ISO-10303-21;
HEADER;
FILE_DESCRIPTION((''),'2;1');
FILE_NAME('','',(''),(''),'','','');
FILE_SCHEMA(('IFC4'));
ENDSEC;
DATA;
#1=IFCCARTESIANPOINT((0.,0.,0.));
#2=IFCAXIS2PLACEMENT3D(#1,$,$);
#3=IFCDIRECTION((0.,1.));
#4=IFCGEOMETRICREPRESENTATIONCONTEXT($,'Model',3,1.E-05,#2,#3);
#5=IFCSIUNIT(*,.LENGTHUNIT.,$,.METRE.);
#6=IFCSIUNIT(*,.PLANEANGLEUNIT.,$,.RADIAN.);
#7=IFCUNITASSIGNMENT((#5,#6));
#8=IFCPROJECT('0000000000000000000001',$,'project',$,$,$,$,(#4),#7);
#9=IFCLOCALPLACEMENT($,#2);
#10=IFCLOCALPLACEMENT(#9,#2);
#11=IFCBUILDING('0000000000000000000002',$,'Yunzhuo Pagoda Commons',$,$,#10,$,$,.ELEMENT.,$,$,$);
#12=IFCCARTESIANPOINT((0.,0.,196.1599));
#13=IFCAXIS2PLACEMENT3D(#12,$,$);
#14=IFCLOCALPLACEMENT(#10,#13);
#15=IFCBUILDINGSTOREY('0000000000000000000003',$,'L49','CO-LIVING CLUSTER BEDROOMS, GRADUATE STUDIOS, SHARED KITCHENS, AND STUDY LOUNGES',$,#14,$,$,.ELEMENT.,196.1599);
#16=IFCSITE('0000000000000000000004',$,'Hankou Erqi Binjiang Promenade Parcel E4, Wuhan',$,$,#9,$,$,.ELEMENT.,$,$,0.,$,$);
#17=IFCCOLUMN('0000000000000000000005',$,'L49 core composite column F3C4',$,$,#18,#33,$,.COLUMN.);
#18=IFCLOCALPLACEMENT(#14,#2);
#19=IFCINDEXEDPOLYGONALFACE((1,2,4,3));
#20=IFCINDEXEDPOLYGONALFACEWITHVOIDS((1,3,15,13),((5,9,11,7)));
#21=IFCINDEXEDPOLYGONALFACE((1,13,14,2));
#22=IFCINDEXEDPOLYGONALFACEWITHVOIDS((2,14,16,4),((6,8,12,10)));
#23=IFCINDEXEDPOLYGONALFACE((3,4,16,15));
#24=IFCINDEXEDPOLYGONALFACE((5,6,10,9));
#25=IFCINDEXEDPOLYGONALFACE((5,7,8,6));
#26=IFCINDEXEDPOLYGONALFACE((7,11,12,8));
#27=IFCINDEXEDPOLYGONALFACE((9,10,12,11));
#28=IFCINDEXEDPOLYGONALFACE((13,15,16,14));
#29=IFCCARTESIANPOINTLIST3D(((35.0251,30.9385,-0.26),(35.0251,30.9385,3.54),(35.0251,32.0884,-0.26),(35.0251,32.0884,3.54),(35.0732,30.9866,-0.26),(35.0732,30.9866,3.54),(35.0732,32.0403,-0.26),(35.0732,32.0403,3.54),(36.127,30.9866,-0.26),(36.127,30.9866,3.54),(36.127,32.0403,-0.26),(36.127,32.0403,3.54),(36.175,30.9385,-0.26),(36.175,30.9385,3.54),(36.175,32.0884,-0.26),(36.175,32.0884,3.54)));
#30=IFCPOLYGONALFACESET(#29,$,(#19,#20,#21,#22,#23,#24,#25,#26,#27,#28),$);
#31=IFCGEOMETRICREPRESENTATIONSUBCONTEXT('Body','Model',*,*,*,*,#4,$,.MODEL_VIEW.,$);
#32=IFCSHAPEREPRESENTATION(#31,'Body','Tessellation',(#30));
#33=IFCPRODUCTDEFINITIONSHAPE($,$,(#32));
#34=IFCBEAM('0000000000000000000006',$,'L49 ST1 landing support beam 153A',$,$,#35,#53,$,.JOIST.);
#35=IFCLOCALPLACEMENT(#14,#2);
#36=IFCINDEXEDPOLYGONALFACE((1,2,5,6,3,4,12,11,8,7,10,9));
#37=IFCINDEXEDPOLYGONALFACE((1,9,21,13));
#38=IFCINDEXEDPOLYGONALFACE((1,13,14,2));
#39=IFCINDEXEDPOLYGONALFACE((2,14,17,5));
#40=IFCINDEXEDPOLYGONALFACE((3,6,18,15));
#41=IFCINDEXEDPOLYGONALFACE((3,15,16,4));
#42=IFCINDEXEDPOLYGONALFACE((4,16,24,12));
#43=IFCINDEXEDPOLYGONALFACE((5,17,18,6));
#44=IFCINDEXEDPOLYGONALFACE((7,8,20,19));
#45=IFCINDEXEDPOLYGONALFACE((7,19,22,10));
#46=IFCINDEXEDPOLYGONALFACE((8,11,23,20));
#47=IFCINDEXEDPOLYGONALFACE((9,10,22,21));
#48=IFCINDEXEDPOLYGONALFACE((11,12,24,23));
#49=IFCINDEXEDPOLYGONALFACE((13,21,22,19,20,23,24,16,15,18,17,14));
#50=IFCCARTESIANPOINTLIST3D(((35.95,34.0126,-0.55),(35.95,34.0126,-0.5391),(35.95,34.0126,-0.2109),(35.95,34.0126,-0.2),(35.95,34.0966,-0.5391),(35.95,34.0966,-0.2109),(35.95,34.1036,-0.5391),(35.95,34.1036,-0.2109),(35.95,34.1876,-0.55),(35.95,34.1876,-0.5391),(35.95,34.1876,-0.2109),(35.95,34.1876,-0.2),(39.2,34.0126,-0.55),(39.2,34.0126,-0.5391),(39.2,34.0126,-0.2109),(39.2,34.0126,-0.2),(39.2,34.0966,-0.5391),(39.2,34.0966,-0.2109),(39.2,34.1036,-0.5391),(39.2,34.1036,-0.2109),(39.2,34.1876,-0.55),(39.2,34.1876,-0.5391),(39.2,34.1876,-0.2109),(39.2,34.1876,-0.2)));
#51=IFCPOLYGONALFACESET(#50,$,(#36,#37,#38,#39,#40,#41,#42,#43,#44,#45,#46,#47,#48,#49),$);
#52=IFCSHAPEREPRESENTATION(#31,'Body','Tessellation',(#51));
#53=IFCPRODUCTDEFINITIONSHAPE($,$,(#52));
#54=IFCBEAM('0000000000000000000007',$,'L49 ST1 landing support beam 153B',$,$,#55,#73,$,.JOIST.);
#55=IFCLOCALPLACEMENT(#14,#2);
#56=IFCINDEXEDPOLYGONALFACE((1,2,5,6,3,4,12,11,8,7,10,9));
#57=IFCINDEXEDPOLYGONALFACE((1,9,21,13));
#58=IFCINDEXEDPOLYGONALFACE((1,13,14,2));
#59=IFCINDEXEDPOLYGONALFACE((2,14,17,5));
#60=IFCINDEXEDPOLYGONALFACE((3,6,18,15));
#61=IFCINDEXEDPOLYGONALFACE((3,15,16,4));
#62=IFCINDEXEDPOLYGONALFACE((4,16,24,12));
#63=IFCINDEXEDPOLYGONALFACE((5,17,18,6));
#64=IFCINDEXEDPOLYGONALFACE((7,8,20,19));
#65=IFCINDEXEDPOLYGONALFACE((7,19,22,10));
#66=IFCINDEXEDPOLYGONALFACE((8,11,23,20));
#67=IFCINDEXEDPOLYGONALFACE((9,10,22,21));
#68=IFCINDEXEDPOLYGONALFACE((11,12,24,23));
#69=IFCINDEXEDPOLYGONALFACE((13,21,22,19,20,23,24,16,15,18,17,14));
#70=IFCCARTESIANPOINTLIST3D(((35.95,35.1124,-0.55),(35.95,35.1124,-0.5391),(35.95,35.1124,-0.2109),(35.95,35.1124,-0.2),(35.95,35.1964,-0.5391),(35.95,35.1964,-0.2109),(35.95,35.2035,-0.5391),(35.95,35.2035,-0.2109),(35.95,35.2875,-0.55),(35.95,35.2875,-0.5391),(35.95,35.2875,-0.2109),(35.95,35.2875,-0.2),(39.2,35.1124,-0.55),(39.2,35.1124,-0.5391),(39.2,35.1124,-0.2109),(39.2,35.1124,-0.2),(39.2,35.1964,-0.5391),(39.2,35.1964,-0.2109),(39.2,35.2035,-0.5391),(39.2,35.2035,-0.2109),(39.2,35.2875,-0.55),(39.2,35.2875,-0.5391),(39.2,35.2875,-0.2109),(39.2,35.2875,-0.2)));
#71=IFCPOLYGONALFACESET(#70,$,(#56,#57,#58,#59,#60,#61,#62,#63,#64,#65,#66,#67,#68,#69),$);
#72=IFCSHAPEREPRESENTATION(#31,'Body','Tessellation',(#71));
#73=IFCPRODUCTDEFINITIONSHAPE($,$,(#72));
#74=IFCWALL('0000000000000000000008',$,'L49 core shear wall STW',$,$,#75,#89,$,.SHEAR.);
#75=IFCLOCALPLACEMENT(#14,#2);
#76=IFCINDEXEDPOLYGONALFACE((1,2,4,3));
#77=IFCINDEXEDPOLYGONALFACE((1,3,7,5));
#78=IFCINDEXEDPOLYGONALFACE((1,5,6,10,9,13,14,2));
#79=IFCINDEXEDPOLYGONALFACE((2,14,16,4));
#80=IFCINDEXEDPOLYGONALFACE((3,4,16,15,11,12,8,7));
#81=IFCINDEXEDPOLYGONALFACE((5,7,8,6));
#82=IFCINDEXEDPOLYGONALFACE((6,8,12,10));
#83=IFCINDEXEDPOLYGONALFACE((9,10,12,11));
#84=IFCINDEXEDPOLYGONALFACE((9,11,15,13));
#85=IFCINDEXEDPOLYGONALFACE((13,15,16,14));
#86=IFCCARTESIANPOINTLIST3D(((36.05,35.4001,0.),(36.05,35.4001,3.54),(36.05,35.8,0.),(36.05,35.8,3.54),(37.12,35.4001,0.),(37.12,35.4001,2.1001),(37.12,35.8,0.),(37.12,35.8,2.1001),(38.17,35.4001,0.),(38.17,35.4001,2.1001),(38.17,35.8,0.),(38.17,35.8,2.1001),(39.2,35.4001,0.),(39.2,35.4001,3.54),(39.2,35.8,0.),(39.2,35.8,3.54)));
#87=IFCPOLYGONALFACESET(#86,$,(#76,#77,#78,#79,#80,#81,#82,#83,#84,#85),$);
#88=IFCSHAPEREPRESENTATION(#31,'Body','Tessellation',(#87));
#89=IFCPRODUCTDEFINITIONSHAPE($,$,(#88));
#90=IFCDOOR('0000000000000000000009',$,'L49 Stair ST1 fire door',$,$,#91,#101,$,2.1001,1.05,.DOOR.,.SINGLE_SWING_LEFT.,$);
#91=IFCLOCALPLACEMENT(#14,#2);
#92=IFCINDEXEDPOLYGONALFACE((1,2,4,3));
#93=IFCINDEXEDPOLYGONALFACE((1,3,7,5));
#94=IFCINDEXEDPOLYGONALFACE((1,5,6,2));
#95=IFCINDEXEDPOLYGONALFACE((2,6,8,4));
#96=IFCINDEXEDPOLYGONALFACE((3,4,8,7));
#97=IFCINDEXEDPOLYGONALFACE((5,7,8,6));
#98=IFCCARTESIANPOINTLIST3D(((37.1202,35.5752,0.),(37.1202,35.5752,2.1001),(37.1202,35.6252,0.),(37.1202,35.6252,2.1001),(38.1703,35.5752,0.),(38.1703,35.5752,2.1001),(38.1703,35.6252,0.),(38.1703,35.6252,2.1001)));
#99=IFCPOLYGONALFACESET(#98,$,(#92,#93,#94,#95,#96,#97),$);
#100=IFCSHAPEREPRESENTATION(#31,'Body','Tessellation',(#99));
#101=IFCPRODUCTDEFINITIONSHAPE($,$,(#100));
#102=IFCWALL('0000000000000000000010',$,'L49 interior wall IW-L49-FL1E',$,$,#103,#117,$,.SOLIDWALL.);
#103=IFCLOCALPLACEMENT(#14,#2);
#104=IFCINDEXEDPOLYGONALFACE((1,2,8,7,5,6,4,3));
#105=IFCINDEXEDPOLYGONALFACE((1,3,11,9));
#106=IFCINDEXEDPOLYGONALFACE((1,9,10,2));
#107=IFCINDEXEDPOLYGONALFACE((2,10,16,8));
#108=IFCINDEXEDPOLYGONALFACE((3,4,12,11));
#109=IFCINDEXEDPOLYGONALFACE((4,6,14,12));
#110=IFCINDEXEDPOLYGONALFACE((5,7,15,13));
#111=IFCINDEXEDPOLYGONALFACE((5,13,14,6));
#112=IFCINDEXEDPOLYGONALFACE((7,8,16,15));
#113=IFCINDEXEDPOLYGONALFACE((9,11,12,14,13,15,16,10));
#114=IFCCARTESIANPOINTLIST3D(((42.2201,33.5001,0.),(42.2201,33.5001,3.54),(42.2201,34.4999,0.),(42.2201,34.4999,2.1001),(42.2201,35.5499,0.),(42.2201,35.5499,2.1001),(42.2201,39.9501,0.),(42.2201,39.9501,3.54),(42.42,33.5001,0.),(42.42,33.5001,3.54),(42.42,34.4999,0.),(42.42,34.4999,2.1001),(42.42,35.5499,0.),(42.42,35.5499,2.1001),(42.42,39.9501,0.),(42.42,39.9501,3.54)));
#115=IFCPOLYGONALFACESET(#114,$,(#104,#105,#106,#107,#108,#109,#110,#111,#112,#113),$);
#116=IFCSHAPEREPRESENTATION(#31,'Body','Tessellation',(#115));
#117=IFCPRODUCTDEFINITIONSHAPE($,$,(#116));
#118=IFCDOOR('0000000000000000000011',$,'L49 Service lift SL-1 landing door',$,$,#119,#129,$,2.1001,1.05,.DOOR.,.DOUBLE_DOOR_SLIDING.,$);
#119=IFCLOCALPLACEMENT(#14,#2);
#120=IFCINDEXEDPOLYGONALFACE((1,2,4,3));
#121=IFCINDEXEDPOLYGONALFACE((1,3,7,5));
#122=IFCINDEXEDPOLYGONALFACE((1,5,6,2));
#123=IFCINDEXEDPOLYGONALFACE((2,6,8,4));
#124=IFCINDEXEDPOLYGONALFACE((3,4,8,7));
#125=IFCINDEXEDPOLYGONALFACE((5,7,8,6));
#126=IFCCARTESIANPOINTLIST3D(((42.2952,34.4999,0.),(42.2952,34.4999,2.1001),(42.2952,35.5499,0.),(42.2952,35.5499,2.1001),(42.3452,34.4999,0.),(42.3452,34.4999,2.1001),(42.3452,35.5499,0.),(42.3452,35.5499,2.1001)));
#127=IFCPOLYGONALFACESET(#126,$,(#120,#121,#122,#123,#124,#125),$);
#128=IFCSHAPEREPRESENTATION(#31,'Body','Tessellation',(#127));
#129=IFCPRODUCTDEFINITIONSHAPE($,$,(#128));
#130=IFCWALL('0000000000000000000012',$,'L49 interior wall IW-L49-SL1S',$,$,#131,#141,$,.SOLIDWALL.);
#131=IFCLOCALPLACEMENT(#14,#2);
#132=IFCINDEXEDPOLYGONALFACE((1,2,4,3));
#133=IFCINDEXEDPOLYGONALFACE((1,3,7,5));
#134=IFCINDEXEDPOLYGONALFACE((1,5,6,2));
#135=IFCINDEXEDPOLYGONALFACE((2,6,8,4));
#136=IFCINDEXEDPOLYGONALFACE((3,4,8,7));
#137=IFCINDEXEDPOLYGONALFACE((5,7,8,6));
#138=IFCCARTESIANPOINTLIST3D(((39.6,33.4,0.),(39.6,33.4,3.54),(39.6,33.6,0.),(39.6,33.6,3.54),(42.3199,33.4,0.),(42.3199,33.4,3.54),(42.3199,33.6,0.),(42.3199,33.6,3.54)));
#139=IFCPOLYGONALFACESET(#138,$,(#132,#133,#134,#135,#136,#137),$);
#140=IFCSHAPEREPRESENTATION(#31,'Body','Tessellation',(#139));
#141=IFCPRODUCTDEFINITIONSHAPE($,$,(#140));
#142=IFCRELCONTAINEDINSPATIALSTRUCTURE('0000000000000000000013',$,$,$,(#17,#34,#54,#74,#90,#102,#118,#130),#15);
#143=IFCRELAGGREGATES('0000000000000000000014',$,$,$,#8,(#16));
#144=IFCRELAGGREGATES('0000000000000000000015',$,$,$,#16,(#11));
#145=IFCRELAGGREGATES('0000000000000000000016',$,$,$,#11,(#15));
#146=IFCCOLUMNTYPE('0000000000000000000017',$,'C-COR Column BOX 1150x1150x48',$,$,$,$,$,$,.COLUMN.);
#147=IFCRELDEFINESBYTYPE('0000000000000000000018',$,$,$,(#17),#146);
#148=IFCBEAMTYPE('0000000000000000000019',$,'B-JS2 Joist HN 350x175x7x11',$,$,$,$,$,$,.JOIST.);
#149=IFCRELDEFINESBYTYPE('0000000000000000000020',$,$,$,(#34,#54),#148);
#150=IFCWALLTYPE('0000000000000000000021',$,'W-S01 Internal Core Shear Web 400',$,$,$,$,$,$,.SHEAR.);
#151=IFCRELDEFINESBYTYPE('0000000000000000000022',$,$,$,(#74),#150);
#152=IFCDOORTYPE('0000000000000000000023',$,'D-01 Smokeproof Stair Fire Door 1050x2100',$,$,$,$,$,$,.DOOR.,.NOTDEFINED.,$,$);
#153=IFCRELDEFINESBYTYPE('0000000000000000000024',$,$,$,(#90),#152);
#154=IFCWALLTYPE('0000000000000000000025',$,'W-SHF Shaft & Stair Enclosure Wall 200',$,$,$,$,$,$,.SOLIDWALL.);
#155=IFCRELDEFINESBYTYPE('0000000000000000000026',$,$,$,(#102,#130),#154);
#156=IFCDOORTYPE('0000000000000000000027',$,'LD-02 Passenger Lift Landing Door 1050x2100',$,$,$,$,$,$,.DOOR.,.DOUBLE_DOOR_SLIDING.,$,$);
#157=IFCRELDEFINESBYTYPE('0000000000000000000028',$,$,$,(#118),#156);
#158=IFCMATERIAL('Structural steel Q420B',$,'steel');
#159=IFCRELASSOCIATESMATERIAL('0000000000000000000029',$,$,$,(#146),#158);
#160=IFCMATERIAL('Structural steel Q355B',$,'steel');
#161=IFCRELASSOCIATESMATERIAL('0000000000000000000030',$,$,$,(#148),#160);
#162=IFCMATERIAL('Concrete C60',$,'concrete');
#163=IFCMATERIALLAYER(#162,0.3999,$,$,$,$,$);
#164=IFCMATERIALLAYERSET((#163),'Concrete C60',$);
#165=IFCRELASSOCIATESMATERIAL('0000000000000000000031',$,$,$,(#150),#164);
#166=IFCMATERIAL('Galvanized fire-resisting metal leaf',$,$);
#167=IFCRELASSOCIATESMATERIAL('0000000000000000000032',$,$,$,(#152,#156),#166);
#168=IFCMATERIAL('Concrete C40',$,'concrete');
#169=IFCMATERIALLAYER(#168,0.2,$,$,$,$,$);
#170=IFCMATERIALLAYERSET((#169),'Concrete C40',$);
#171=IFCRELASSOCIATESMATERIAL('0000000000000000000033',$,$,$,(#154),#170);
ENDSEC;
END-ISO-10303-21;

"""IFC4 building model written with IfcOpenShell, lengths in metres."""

from ifc_helpers import new_model, si_unit, direction, frame, frame_2d, origin, origin_with_axes, origin_2d, place, context, subcontext, project, spatial, rectangle, hollow_rectangle, i_section, extrude, source, transform, mapped, material, layer, layer_set, material_profile, profile_set, type_object, element, fill, save


model = new_model("IFC4")

# Units and contexts
model_context = context("Model", 3, precision=1e-05, world=origin(), true_north=direction((0.0, 1.0)))
body_context = subcontext(model_context, "Body", "Model", "MODEL_VIEW")
ifc_project = project(units=[si_unit("LENGTHUNIT", "METRE"), si_unit("PLANEANGLEUNIT", "RADIAN")], contexts=[model_context])

# Site, building, storey
site_placement = place(None, origin())
site = spatial("IfcSite", under=ifc_project, at=site_placement, Name="Hankou Erqi Binjiang Promenade Parcel E4, Wuhan", CompositionType="ELEMENT", RefElevation=0.0)
building_placement = place(site_placement, origin())
building = spatial("IfcBuilding", under=site, at=building_placement, Name="Yunzhuo Pagoda Commons", CompositionType="ELEMENT")
storey_placement = place(building_placement, frame((0.0, 0.0, 196.1599)))
storey = spatial("IfcBuildingStorey", under=building, at=storey_placement, Name="L49", Description="CO-LIVING CLUSTER BEDROOMS, GRADUATE STUDIOS, SHARED KITCHENS, AND STUDY LOUNGES", CompositionType="ELEMENT", Elevation=196.1599)

# Column
ifc_material_1 = material(Name="Structural steel Q420B", Category="steel")
ifc_material_profile_1 = material_profile(ifc_material_1, hollow_rectangle(XDim=1.1499, YDim=1.1499, WallThickness=0.0481, at=origin_2d()), Name="Structural steel Q420B")
ifc_profile_set_1 = profile_set([ifc_material_profile_1], Name="Structural steel Q420B")
column_type = type_object("IfcColumnType", Name="C-COR Column BOX 1150x1150x48", PredefinedType="COLUMN", material=ifc_profile_set_1)
shared_shape_1 = source(origin(), body_context, "Body", "SweptSolid", [
    extrude(hollow_rectangle(XDim=1.1499, YDim=1.1499, WallThickness=0.0481, at=origin_2d()), origin(), (0.0, 0.0, 1.0), 3.8),
])
column_placement = place(storey_placement, frame((35.6001, 31.5134, -0.26), z_axis=(0.0, 0.0, 1.0), x_axis=(1.0, 0.0, 0.0)))
element("IfcColumn", 1, at=column_placement, inside=storey, type_object=column_type, Name="L49 core composite column F3C4", PredefinedType="COLUMN", context=body_context, shape_type="MappedRepresentation", body=[
    mapped(shared_shape_1, transform((0.0, 0.0, 0.0), scale=1.0)),
])

# Beams
ifc_material_2 = material(Name="Structural steel Q355B", Category="steel")
ifc_material_profile_2 = material_profile(ifc_material_2, i_section(OverallWidth=0.175, OverallDepth=0.3501, WebThickness=0.0071, FlangeThickness=0.011, at=origin_2d()), Name="Structural steel Q355B")
ifc_profile_set_2 = profile_set([ifc_material_profile_2], Name="Structural steel Q355B")
beam_type = type_object("IfcBeamType", Name="B-JS2 Joist HN 350x175x7x11", PredefinedType="JOIST", material=ifc_profile_set_2)
shared_shape_2 = source(origin(), body_context, "Body", "SweptSolid", [
    extrude(i_section(OverallWidth=0.175, OverallDepth=0.3501, WebThickness=0.0071, FlangeThickness=0.011, at=origin_2d()), origin(), (0.0, 0.0, 1.0), 3.25),
])
for number, where, z_axis, x_axis, name in (
    (2, (35.95, 34.1001, -0.375), (1.0, 0.0, 0.0), (0.0, 1.0, 0.0), "L49 ST1 landing support beam 153A"),
    (3, (35.95, 35.2, -0.375), (1.0, 0.0, 0.0), (0.0, 1.0, 0.0), "L49 ST1 landing support beam 153B"),
):
    element("IfcBeam", number, at=place(storey_placement, frame(where, z_axis=z_axis, x_axis=x_axis)), inside=storey, type_object=beam_type, Name=name, PredefinedType="JOIST", context=body_context, shape_type="MappedRepresentation", body=[
        mapped(shared_shape_2, transform((0.0, 0.0, 0.0), scale=1.0)),
    ])

# Walls, openings, doors
ifc_material_3 = material(Name="Concrete C60", Category="concrete")
ifc_layer_1 = layer(ifc_material_3, 0.3999)
ifc_layer_set_1 = layer_set([ifc_layer_1], Name="Concrete C60")
wall_type_1 = type_object("IfcWallType", Name="W-S01 Internal Core Shear Web 400", PredefinedType="SHEAR", material=ifc_layer_set_1)
wall_1_placement = place(storey_placement, frame((36.05, 35.6001, 0.0), z_axis=(0.0, 0.0, 1.0), x_axis=(1.0, 0.0, 0.0)))
wall_1 = element("IfcWall", 4, at=wall_1_placement, inside=storey, type_object=wall_type_1, Name="L49 core shear wall STW", PredefinedType="SHEAR", context=body_context, shape_type="SweptSolid", body=[
    extrude(rectangle(XDim=3.1499, YDim=0.3999, at=frame_2d((1.575, 0.0))), origin(), (0.0, 0.0, 1.0), 3.54),
])
opening_1_placement = place(wall_1_placement, frame((1.0701, 0.0, 0.0)))
opening_1 = element("IfcOpeningElement", 5, at=opening_1_placement, cuts=wall_1, PredefinedType="OPENING", context=body_context, shape_type="SweptSolid", body=[
    extrude(rectangle(XDim=1.05, YDim=2.1001, at=frame_2d((0.5249, 1.05))), frame((0.0, 0.21, 0.0), z_axis=(0.0, -1.0, 0.0), x_axis=(1.0, 0.0, 0.0)), (0.0, 0.0, 1.0), 0.4199),
])
ifc_material_4 = material(Name="Galvanized fire-resisting metal leaf")
door_type_1 = type_object("IfcDoorType", Name="D-01 Smokeproof Stair Fire Door 1050x2100", OperationType="NOTDEFINED", PredefinedType="DOOR", material=ifc_material_4)
shared_shape_3 = source(origin(), body_context, "Body", "SweptSolid", [
    extrude(rectangle(XDim=1.05, YDim=2.1001, at=frame_2d((0.5249, 1.05))), frame((0.0, 0.0249, 0.0), z_axis=(0.0, -1.0, 0.0), x_axis=(1.0, 0.0, 0.0)), (0.0, 0.0, 1.0), 0.05),
])
door_1_placement = place(opening_1_placement, frame((1.05, 0.0, 0.0), z_axis=(0.0, 0.0, 1.0), x_axis=(-1.0, 0.0, 0.0)))
door_1 = element("IfcDoor", 6, at=door_1_placement, inside=storey, type_object=door_type_1, Name="L49 Stair ST1 fire door", OperationType="SINGLE_SWING_LEFT", OverallHeight=2.1001, OverallWidth=1.05, PredefinedType="DOOR", context=body_context, shape_type="MappedRepresentation", body=[
    mapped(shared_shape_3, transform((0.0, 0.0, 0.0), scale=1.0)),
])
fill(opening_1, door_1)
ifc_material_5 = material(Name="Concrete C40", Category="concrete")
ifc_layer_2 = layer(ifc_material_5, 0.2)
ifc_layer_set_2 = layer_set([ifc_layer_2], Name="Concrete C40")
wall_type_2 = type_object("IfcWallType", Name="W-SHF Shaft & Stair Enclosure Wall 200", PredefinedType="SOLIDWALL", material=ifc_layer_set_2)
wall_2_placement = place(storey_placement, frame((42.3201, 33.5, 0.0), z_axis=(0.0, 0.0, 1.0), x_axis=(0.0, 1.0, 0.0)))
wall_2 = element("IfcWall", 7, at=wall_2_placement, inside=storey, type_object=wall_type_2, Name="L49 interior wall IW-L49-FL1E", PredefinedType="SOLIDWALL", context=body_context, shape_type="SweptSolid", body=[
    extrude(rectangle(XDim=6.45, YDim=0.2, at=frame_2d((3.2251, 0.0))), origin(), (0.0, 0.0, 1.0), 3.54),
])
opening_2_placement = place(wall_2_placement, frame((1.0, 0.0, 0.0)))
opening_2 = element("IfcOpeningElement", 8, at=opening_2_placement, cuts=wall_2, PredefinedType="OPENING", context=body_context, shape_type="SweptSolid", body=[
    extrude(rectangle(XDim=1.05, YDim=2.1001, at=frame_2d((0.5249, 1.05))), frame((0.0, 0.1099, 0.0), z_axis=(0.0, -1.0, 0.0), x_axis=(1.0, 0.0, 0.0)), (0.0, 0.0, 1.0), 0.22),
])
door_type_2 = type_object("IfcDoorType", Name="LD-02 Passenger Lift Landing Door 1050x2100", OperationType="DOUBLE_DOOR_SLIDING", PredefinedType="DOOR", material=ifc_material_4)
door_2_placement = place(opening_2_placement, origin_with_axes())
door_2 = element("IfcDoor", 9, at=door_2_placement, inside=storey, type_object=door_type_2, Name="L49 Service lift SL-1 landing door", OperationType="DOUBLE_DOOR_SLIDING", OverallHeight=2.1001, OverallWidth=1.05, PredefinedType="DOOR", context=body_context, shape_type="MappedRepresentation", body=[
    mapped(shared_shape_3, transform((0.0, 0.0, 0.0), scale=1.0)),
])
fill(opening_2, door_2)

# Wall
wall_3_placement = place(storey_placement, frame((39.6001, 33.5, 0.0), z_axis=(0.0, 0.0, 1.0), x_axis=(1.0, 0.0, 0.0)))
element("IfcWall", 10, at=wall_3_placement, inside=storey, type_object=wall_type_2, Name="L49 interior wall IW-L49-SL1S", PredefinedType="SOLIDWALL", context=body_context, shape_type="SweptSolid", body=[
    extrude(rectangle(XDim=2.72, YDim=0.2, at=frame_2d((1.3599, 0.0))), origin(), (0.0, 0.0, 1.0), 3.54),
])

save(model, "model.ifc")
